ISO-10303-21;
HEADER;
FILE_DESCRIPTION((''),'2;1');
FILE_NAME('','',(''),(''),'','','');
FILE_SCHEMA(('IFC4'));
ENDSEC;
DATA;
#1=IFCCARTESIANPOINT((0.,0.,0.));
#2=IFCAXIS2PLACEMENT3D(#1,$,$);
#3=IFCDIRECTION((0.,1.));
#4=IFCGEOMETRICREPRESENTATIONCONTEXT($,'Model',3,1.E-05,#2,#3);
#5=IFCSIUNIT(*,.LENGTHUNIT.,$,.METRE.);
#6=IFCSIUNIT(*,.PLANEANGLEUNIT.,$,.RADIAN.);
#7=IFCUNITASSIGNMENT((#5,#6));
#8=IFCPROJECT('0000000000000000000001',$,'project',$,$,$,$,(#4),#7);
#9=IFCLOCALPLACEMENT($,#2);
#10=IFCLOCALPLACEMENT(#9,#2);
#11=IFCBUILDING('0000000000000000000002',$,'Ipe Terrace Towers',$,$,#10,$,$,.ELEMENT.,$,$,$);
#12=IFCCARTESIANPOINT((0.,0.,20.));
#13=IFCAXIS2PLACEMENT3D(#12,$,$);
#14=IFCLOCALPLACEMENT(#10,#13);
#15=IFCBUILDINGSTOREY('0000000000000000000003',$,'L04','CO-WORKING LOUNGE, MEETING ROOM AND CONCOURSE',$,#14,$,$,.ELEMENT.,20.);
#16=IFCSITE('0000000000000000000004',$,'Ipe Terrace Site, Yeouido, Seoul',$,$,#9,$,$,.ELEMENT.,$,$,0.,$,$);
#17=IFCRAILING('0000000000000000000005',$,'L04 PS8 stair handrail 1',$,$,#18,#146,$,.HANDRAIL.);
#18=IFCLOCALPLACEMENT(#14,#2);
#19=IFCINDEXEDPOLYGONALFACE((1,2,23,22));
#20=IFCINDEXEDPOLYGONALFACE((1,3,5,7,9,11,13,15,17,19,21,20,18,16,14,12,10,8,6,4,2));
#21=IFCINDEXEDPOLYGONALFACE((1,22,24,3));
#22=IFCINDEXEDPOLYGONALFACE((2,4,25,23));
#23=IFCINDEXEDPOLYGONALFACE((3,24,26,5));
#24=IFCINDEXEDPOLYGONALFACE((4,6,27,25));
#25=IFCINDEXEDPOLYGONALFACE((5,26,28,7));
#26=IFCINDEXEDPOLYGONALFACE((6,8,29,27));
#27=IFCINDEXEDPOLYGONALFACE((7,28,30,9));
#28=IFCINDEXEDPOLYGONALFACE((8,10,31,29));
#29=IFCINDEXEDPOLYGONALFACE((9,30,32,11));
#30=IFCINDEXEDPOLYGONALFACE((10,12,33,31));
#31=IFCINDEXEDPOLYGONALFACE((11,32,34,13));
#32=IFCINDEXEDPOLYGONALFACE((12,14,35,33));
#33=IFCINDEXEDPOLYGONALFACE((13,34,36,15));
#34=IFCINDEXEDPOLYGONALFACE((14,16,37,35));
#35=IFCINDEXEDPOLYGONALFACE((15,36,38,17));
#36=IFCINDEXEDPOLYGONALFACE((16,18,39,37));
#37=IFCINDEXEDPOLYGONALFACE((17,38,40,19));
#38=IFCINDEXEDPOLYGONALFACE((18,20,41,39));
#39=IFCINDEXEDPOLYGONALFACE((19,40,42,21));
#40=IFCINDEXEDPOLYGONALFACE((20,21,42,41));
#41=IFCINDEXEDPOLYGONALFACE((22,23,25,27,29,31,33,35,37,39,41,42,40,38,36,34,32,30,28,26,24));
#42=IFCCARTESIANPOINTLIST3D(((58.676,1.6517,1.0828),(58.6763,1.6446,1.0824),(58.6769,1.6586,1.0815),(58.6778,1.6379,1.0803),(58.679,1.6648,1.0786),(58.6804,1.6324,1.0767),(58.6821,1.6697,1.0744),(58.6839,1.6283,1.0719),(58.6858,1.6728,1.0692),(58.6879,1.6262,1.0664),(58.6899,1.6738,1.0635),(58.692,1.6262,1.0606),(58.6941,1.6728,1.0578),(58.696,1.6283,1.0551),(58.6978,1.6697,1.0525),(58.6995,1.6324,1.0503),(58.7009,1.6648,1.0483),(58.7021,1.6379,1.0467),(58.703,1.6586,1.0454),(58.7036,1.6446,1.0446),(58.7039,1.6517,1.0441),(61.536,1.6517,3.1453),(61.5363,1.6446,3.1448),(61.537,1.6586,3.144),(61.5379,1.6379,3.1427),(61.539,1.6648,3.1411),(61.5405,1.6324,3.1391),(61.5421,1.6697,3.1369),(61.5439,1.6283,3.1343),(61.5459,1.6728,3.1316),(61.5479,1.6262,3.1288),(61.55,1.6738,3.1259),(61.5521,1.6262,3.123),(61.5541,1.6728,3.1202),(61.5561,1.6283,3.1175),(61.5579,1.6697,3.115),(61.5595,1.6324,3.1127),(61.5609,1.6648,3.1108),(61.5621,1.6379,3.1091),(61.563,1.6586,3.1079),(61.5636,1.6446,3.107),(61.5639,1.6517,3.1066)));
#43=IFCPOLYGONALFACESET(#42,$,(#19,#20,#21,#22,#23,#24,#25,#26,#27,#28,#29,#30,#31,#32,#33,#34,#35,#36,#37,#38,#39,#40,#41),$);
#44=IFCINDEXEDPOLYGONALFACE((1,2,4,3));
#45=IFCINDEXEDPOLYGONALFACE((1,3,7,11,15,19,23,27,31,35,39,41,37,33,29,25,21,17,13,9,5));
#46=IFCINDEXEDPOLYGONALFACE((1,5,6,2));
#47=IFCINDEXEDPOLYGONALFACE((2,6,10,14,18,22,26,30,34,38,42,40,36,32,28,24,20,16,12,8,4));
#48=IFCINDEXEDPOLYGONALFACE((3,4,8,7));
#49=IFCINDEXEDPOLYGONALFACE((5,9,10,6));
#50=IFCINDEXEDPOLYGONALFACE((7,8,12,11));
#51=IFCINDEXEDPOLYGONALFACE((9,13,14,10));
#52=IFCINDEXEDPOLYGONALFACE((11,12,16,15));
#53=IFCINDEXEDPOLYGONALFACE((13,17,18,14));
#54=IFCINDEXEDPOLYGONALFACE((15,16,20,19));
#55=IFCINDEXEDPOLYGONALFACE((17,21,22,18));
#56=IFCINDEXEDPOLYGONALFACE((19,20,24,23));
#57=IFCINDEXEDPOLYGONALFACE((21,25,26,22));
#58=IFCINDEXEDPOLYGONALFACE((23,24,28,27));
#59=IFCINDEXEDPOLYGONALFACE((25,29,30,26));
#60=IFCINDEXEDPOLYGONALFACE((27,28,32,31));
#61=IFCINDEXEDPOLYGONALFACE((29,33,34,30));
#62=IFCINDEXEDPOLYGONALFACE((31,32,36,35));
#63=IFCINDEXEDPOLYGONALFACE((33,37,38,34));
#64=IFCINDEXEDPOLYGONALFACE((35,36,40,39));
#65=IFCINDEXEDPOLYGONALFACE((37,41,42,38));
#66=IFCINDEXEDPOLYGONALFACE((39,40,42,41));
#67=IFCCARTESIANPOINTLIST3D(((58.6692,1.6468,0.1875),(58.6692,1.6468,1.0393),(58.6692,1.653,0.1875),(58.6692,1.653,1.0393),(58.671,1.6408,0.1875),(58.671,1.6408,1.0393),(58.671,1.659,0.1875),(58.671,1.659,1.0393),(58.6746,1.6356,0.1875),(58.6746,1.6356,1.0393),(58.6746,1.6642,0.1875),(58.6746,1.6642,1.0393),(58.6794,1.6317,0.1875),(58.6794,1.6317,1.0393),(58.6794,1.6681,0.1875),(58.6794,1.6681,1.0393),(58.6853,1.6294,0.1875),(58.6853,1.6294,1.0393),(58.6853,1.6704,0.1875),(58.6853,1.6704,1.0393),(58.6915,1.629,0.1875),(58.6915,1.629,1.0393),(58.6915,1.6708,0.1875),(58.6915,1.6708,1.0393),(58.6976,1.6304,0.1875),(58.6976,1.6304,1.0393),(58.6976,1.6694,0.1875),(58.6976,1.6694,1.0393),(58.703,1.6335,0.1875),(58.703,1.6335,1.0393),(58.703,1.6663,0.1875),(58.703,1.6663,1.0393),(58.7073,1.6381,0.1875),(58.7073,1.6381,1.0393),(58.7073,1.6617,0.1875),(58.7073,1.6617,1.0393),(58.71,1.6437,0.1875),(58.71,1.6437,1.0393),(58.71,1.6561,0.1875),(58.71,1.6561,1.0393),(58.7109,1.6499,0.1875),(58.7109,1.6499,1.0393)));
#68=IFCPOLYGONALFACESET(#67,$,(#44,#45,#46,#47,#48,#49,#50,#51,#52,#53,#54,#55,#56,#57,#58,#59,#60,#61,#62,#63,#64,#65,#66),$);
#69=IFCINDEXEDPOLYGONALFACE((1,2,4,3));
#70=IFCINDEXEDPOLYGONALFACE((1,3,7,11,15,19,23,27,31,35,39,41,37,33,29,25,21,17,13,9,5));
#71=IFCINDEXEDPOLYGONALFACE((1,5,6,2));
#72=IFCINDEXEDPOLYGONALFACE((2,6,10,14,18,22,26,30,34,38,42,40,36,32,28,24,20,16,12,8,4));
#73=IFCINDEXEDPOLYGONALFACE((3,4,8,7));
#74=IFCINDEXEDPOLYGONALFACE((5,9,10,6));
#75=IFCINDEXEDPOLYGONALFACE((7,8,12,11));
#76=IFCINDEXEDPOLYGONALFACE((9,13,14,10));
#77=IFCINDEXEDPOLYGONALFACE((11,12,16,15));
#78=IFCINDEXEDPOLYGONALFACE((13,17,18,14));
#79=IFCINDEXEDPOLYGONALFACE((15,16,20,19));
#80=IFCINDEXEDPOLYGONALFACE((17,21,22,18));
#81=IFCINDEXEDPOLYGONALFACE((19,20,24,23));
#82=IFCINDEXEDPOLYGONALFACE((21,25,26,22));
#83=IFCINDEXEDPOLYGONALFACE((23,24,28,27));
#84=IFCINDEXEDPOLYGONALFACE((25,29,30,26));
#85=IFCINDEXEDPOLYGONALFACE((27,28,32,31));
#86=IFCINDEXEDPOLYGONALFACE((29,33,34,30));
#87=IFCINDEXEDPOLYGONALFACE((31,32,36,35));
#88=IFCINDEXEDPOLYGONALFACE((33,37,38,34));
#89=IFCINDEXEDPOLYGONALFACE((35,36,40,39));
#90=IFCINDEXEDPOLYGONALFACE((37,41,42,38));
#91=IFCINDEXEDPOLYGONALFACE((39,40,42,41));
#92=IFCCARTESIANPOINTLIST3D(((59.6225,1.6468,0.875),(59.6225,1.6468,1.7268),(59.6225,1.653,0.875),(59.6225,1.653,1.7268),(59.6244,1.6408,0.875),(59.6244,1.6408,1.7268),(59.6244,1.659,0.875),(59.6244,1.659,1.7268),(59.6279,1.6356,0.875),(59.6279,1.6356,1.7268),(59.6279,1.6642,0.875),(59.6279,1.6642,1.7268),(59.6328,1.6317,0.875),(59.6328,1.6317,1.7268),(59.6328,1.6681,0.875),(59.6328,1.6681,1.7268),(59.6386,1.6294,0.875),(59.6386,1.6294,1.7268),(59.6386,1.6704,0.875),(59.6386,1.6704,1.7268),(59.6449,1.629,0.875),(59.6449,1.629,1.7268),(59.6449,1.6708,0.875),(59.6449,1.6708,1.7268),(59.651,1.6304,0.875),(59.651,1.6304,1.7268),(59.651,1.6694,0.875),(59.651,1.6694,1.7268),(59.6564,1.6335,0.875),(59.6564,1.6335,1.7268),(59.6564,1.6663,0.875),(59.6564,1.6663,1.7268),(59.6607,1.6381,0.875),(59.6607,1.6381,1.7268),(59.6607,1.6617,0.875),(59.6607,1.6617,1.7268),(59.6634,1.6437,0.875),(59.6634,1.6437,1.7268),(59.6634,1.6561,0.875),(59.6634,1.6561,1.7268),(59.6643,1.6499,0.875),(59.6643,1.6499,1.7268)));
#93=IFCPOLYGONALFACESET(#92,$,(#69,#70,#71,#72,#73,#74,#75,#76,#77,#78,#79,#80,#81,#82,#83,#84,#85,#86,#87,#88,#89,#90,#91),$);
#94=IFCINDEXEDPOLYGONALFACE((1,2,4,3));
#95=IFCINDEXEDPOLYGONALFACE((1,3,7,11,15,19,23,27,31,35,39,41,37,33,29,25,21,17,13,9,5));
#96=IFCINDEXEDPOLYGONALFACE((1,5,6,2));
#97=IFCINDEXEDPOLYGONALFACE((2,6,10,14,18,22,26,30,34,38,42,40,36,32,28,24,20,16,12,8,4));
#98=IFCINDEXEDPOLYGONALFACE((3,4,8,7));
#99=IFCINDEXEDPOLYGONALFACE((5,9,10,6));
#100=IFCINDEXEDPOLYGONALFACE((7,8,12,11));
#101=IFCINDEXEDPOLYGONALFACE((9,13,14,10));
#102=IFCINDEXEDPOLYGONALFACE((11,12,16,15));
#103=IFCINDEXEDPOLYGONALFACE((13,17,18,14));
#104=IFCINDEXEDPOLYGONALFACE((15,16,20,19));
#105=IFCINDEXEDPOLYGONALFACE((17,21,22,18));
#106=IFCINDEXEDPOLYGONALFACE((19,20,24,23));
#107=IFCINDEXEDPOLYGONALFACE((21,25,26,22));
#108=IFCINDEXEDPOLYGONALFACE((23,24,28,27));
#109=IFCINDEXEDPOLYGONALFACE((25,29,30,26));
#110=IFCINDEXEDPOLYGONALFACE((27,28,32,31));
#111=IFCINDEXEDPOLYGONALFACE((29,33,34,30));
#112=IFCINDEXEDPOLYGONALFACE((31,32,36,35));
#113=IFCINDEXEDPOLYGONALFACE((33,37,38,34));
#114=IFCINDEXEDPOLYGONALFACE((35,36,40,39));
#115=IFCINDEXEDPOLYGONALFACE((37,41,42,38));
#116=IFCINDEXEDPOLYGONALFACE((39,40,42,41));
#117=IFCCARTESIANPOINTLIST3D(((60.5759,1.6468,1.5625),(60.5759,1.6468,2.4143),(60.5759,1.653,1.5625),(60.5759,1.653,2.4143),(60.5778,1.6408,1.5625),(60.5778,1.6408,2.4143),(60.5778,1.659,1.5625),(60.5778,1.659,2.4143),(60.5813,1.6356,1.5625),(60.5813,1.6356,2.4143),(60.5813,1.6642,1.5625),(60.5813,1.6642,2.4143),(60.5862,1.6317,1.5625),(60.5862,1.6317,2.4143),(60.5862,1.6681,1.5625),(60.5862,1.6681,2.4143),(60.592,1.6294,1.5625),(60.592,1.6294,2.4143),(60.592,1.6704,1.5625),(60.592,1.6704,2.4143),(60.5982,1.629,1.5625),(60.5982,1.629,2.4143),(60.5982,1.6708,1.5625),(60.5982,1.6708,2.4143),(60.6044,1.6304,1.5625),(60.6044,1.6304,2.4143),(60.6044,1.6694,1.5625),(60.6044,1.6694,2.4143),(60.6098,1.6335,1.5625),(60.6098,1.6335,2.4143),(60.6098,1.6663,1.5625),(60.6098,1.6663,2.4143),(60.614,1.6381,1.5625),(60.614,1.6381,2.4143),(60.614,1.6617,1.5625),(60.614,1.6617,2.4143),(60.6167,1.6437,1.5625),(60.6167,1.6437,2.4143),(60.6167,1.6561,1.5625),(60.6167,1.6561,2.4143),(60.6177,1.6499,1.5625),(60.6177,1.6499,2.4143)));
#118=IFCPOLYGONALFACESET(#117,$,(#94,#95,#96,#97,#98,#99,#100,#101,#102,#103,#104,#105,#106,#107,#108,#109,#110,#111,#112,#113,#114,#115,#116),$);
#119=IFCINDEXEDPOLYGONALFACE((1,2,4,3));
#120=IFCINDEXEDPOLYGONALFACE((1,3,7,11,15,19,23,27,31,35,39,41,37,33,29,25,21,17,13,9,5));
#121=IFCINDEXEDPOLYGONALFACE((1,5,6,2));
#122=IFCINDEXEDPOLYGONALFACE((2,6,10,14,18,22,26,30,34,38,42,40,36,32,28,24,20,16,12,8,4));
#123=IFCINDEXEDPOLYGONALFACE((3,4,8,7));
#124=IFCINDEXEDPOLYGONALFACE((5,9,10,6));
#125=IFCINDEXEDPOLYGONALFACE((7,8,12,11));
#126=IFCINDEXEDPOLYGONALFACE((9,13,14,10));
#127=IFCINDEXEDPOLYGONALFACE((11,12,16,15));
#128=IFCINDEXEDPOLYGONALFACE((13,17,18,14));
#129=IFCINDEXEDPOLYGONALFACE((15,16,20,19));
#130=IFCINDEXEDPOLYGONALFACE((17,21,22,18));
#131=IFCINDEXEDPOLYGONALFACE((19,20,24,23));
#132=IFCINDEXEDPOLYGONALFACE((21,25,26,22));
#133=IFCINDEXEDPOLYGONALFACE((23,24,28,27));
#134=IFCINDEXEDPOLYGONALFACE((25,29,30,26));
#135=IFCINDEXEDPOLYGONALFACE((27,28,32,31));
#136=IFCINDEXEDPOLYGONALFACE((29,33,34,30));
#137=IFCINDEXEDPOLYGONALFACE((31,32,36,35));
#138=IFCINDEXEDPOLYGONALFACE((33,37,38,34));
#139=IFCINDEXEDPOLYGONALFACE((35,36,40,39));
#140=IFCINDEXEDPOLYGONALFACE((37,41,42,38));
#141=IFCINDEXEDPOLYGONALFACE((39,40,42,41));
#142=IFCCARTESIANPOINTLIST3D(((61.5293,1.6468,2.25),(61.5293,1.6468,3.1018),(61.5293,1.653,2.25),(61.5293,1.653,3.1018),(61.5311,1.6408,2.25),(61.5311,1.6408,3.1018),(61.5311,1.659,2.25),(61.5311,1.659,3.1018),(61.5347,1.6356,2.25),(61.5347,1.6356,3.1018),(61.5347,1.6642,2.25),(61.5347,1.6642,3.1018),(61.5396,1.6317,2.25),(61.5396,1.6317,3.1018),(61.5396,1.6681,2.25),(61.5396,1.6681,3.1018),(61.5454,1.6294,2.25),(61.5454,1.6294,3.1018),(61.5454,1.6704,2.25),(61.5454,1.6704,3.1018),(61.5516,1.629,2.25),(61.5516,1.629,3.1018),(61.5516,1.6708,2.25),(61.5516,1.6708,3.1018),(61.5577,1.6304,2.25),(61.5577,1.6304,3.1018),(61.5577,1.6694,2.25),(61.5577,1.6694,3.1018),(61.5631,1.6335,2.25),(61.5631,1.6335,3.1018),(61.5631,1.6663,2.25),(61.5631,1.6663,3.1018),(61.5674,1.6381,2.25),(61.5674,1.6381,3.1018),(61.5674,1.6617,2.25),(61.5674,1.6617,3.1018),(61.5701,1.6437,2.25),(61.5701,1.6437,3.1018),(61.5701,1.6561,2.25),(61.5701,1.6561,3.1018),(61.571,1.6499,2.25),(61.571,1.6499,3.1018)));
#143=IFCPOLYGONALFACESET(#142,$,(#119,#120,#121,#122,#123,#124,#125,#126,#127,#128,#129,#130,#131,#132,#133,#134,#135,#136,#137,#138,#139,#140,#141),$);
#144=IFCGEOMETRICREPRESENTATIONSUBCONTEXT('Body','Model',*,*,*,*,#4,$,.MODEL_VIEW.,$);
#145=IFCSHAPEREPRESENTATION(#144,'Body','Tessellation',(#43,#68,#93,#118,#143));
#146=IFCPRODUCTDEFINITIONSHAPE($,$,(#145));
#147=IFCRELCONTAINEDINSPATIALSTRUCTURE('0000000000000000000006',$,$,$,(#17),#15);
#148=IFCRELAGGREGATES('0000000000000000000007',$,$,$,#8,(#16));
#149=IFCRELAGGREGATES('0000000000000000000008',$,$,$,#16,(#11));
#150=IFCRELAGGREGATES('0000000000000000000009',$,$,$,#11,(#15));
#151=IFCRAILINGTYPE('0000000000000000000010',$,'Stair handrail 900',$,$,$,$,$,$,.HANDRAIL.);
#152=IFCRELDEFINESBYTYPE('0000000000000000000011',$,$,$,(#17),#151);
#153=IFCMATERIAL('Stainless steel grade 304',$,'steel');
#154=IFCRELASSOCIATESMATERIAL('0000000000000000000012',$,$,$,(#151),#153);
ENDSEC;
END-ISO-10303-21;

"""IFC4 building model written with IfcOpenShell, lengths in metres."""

from ifc_helpers import new_model, si_unit, direction, frame, origin, origin_2d, place, context, subcontext, project, spatial, circle, extrude, material, type_object, element, save


model = new_model("IFC4")

# Units and contexts
model_context = context("Model", 3, precision=1e-05, world=origin(), true_north=direction((0.0, 1.0)))
body_context = subcontext(model_context, "Body", "Model", "MODEL_VIEW")
ifc_project = project(units=[si_unit("LENGTHUNIT", "METRE"), si_unit("PLANEANGLEUNIT", "RADIAN")], contexts=[model_context])

# Site, building, storey
site_placement = place(None, origin())
site = spatial("IfcSite", under=ifc_project, at=site_placement, Name="Ipe Terrace Site, Yeouido, Seoul", CompositionType="ELEMENT", RefElevation=0.0)
building_placement = place(site_placement, origin())
building = spatial("IfcBuilding", under=site, at=building_placement, Name="Ipe Terrace Towers", CompositionType="ELEMENT")
storey_placement = place(building_placement, frame((0.0, 0.0, 20.0)))
storey = spatial("IfcBuildingStorey", under=building, at=storey_placement, Name="L04", Description="CO-WORKING LOUNGE, MEETING ROOM AND CONCOURSE", CompositionType="ELEMENT", Elevation=20.0)

# Railing
ifc_material_1 = material(Name="Stainless steel grade 304", Category="steel")
railing_type_1 = type_object("IfcRailingType", Name="Stair handrail 900", PredefinedType="HANDRAIL", material=ifc_material_1)
railing_1_placement = place(storey_placement, frame((58.6899, 1.6499, 0.1875)))
element("IfcRailing", 1, at=railing_1_placement, inside=storey, type_object=railing_type_1, Name="L04 PS8 stair handrail 1", PredefinedType="HANDRAIL", context=body_context, shape_type="SweptSolid", body=[
    extrude(circle(Radius=0.0239, at=origin_2d()), frame((0.0, 0.0, 0.876), z_axis=(0.811101, 0.0, 0.584906), x_axis=(0.0, 1.0, 0.0)), (0.0, 0.0, 1.0), 3.5261),
    extrude(circle(Radius=0.021, at=origin_2d()), origin(), (0.0, 0.0, 1.0), 0.8518),
    extrude(circle(Radius=0.021, at=origin_2d()), frame((0.9534, 0.0, 0.6875)), (0.0, 0.0, 1.0), 0.8518),
    extrude(circle(Radius=0.021, at=origin_2d()), frame((1.9067, 0.0, 1.375)), (0.0, 0.0, 1.0), 0.8518),
    extrude(circle(Radius=0.021, at=origin_2d()), frame((2.8601, 0.0, 2.0625)), (0.0, 0.0, 1.0), 0.8518),
])

save(model, "model.ifc")
